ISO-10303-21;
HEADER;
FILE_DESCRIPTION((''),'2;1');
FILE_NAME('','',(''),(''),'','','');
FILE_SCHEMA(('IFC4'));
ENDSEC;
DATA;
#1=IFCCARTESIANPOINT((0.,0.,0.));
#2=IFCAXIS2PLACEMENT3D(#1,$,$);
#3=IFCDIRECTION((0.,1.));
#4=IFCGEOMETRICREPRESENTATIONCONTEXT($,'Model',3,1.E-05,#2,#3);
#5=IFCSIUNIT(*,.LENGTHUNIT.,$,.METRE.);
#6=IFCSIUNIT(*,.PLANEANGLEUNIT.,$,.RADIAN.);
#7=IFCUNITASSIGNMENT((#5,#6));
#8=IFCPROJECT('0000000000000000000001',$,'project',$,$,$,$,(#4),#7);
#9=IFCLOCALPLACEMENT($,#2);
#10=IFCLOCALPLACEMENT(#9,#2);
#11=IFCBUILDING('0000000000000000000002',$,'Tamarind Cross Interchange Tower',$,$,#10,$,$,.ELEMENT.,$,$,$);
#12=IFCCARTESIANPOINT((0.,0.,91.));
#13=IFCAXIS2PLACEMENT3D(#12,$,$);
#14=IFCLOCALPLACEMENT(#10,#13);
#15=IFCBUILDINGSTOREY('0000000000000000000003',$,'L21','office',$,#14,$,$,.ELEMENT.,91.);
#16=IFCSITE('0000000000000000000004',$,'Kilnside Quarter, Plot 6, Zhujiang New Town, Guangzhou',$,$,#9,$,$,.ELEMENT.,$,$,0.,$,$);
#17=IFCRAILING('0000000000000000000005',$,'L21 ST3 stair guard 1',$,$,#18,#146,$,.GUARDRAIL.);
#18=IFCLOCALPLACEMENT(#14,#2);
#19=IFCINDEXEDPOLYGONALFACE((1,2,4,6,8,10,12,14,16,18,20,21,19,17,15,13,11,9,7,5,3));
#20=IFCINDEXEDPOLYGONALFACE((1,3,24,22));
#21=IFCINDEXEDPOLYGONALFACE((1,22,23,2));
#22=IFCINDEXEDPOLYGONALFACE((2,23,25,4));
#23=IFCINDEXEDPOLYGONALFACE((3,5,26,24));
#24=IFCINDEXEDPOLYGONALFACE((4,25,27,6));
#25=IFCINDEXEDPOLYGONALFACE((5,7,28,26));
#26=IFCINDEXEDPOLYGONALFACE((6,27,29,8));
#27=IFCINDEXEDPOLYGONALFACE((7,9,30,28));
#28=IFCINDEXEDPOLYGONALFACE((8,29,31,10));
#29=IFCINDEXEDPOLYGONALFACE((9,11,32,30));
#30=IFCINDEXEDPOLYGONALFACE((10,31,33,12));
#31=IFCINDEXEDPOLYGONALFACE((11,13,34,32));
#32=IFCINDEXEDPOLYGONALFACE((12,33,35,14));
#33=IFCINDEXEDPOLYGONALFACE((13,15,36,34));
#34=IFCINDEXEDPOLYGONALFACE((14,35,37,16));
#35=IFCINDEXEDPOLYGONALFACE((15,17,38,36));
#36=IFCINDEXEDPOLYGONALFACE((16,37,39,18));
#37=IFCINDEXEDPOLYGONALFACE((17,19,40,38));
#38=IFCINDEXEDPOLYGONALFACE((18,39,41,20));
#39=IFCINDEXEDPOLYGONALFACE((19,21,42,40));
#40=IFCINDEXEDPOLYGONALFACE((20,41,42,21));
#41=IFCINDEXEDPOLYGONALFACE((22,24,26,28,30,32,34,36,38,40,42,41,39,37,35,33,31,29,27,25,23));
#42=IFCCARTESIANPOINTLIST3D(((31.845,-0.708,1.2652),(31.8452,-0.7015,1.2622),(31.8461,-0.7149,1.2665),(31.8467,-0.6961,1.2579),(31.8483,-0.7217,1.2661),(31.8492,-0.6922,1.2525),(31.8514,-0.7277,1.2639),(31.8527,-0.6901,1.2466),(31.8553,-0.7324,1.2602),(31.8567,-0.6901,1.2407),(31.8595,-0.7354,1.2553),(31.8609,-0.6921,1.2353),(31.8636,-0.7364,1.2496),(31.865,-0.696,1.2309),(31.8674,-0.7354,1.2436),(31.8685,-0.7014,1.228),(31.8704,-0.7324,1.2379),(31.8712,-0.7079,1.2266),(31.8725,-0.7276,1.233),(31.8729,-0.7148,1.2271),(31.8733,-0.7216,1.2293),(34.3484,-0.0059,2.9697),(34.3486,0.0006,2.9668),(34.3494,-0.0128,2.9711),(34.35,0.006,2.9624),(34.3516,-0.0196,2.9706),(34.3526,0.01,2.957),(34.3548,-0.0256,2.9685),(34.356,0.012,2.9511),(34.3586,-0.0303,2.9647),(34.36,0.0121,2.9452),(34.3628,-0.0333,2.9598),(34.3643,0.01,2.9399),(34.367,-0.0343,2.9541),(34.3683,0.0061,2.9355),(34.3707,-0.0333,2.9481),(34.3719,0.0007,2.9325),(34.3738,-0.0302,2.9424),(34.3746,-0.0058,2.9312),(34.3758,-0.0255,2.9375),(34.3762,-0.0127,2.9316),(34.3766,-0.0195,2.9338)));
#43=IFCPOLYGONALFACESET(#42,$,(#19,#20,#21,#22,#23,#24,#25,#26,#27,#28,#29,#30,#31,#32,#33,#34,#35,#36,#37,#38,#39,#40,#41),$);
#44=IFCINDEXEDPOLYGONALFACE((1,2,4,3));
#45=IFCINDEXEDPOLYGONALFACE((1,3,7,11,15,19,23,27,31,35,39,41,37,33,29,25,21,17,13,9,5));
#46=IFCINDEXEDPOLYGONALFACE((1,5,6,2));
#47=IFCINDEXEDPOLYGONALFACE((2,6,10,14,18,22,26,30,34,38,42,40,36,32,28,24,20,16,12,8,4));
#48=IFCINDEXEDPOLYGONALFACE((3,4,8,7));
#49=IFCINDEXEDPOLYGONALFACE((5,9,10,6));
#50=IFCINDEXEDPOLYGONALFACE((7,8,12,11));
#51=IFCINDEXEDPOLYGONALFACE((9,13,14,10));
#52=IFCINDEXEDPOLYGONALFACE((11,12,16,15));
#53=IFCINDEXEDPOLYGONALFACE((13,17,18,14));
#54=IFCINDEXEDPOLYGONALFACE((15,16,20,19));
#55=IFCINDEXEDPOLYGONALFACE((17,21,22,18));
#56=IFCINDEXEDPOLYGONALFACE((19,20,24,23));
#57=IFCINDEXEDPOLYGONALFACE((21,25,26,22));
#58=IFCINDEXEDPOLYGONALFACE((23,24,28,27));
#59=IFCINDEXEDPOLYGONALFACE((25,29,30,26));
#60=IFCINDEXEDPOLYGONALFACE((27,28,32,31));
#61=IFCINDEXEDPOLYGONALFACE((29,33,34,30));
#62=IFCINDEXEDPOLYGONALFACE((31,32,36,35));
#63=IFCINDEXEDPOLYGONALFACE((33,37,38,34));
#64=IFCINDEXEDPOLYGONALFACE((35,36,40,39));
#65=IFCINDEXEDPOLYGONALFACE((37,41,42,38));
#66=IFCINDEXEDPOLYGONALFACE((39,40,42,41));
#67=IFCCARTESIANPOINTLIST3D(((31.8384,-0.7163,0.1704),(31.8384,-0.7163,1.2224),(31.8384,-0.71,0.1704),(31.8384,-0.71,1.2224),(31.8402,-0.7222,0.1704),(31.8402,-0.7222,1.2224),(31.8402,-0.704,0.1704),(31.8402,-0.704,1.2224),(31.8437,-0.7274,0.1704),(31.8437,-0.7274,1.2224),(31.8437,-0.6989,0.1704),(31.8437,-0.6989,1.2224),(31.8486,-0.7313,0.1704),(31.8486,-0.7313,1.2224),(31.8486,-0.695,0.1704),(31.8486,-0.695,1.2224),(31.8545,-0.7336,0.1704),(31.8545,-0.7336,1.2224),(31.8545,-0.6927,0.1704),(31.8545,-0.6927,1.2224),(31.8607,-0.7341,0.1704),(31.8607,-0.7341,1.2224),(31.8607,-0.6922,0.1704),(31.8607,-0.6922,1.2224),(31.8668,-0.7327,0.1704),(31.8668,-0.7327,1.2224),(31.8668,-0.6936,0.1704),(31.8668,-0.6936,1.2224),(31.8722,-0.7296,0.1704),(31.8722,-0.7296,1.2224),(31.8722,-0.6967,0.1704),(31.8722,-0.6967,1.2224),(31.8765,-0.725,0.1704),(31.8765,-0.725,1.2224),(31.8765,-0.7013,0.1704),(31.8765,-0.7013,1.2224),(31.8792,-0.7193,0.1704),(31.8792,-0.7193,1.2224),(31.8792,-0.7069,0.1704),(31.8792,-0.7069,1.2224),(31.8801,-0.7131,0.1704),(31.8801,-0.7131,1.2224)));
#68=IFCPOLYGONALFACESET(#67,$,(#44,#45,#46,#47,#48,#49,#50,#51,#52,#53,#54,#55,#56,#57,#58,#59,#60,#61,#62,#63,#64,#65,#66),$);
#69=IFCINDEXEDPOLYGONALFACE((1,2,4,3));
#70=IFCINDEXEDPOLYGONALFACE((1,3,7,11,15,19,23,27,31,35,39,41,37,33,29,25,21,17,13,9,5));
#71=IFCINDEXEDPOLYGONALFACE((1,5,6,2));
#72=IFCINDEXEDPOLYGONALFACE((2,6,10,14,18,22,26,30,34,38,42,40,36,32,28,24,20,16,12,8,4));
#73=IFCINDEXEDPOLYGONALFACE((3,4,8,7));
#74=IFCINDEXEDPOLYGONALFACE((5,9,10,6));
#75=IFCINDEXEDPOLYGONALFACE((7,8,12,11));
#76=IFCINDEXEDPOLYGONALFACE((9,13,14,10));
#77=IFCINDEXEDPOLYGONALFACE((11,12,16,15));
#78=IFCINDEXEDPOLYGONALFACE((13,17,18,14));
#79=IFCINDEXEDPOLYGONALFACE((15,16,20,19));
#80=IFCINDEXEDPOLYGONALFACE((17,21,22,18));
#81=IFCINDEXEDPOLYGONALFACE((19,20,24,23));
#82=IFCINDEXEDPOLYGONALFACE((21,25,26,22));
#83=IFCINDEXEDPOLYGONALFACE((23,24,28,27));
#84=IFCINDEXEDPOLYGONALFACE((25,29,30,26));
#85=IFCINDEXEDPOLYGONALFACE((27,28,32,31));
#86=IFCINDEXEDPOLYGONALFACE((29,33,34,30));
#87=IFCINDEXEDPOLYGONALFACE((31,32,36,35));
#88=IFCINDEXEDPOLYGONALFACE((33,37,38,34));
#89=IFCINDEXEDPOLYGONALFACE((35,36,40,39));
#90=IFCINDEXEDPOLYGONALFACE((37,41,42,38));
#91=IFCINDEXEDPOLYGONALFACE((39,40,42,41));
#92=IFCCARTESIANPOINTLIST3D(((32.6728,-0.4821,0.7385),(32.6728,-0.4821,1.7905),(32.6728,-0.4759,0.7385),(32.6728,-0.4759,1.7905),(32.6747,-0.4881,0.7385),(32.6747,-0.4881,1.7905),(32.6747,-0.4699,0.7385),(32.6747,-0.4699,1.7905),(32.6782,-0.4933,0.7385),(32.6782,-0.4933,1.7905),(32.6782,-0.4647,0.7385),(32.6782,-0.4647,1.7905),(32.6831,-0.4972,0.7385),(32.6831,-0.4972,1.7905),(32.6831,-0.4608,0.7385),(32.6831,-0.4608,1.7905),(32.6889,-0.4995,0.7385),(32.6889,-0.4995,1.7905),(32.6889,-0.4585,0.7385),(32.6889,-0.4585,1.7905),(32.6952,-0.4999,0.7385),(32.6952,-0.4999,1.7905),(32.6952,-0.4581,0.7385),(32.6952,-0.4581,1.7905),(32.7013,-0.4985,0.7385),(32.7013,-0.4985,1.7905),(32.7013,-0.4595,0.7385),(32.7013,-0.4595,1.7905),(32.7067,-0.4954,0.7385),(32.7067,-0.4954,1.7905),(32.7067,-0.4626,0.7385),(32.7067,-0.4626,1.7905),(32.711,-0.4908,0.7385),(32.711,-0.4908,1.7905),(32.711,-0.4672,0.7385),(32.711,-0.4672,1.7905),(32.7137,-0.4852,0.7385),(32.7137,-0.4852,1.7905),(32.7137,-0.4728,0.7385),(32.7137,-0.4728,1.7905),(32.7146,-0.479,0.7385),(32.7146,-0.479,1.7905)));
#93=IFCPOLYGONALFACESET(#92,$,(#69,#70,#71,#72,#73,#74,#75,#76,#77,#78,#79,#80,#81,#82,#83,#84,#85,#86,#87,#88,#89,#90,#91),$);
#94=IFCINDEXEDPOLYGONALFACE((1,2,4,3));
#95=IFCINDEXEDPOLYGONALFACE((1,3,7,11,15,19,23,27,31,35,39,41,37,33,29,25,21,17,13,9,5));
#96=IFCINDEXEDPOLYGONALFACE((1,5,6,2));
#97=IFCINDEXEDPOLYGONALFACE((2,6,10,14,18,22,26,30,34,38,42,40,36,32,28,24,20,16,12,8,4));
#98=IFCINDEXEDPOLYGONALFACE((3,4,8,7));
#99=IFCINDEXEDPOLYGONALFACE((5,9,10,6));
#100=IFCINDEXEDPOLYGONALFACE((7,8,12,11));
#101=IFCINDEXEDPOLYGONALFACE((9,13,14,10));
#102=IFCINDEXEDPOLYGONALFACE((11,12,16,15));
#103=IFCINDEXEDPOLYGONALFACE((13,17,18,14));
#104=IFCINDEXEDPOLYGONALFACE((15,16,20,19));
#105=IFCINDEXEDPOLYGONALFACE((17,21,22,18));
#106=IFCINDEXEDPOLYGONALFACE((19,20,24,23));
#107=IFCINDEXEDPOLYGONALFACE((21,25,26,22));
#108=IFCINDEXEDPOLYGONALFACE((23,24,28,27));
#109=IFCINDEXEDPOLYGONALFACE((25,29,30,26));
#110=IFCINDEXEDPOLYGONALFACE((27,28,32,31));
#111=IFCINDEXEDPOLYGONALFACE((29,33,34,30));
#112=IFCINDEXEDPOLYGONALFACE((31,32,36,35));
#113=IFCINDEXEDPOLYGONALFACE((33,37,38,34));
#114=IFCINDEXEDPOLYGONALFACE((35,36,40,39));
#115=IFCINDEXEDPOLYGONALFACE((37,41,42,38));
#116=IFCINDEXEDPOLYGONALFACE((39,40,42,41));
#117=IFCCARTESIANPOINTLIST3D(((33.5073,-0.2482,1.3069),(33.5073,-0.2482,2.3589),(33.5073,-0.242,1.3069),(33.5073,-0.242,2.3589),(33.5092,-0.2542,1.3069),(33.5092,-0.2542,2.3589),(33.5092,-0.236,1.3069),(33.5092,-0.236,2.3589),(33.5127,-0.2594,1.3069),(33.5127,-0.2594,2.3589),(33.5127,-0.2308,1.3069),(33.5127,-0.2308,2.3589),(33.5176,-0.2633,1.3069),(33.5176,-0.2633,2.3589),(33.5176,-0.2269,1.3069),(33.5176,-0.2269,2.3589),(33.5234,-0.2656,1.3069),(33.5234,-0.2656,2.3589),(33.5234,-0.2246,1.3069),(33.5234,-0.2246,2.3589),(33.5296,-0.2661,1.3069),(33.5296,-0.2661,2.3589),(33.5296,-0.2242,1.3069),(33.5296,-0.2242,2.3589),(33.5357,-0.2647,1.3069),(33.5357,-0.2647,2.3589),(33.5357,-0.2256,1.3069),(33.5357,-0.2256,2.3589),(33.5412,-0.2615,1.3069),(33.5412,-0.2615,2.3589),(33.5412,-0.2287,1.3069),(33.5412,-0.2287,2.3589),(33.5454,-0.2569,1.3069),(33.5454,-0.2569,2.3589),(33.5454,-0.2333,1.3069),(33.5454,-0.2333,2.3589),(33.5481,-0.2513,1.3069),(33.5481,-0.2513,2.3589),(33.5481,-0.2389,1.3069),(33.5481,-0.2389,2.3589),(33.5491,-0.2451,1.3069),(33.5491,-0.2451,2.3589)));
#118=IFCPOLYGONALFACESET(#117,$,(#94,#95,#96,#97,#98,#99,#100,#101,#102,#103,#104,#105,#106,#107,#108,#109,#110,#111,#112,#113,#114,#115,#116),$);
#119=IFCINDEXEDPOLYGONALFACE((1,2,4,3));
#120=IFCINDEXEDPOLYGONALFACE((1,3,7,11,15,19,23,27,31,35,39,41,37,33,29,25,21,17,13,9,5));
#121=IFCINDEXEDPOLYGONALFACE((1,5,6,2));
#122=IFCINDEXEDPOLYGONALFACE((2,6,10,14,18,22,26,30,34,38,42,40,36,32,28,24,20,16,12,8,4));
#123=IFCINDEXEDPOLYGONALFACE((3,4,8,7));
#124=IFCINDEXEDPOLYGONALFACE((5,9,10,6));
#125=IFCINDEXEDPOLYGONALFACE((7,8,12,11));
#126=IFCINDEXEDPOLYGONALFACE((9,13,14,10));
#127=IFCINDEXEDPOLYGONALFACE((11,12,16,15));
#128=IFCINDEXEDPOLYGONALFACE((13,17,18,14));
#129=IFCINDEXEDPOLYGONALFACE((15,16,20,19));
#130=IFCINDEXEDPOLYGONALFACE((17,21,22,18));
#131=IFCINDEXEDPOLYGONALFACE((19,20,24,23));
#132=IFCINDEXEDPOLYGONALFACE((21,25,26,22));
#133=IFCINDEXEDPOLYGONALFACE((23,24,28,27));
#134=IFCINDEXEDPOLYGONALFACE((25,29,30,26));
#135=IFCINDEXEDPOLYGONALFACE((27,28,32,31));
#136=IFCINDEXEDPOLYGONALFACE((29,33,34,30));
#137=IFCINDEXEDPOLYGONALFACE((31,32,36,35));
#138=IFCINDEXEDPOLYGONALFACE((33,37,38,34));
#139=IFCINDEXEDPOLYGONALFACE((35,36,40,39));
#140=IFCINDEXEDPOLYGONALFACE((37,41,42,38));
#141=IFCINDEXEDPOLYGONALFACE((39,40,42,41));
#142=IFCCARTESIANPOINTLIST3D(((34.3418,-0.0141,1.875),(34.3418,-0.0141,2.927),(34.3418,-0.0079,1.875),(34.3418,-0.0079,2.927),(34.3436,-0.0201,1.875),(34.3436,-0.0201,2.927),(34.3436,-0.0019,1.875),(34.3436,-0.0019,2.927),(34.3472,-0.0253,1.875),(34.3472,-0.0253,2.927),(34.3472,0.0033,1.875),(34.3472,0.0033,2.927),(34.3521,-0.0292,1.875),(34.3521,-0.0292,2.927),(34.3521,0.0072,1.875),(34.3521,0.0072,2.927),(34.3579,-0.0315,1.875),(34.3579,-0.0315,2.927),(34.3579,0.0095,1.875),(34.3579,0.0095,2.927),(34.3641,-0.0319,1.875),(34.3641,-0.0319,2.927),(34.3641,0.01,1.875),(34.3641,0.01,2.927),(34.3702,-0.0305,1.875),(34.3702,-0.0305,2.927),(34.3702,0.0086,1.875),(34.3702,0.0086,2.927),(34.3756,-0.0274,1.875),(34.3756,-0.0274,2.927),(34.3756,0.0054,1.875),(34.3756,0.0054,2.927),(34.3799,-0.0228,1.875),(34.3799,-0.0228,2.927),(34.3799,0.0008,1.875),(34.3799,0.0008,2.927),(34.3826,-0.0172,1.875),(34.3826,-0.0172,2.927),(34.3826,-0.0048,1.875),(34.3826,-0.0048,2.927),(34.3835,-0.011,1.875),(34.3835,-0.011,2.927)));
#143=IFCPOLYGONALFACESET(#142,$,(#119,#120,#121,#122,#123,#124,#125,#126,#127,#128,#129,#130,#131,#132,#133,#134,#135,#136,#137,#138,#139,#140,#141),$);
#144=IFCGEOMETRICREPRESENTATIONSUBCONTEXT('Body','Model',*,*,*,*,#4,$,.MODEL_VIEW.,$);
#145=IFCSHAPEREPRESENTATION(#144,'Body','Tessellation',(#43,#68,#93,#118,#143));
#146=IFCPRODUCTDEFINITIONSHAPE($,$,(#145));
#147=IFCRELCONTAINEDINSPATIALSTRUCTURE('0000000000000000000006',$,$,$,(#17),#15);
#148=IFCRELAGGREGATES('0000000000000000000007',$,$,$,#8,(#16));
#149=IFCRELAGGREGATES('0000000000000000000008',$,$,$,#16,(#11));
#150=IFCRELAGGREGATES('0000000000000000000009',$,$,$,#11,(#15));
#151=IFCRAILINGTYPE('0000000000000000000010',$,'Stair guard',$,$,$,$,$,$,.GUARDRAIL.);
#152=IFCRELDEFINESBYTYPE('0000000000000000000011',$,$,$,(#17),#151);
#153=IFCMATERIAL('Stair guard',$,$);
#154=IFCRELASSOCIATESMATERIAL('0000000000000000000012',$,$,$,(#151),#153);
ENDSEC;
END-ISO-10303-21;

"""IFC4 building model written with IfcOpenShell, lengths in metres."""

from ifc_helpers import new_model, si_unit, direction, frame, origin, origin_2d, place, context, subcontext, project, spatial, circle, extrude, material, type_object, element, save


model = new_model("IFC4")

# Units and contexts
model_context = context("Model", 3, precision=1e-05, world=origin(), true_north=direction((0.0, 1.0)))
body_context = subcontext(model_context, "Body", "Model", "MODEL_VIEW")
ifc_project = project(units=[si_unit("LENGTHUNIT", "METRE"), si_unit("PLANEANGLEUNIT", "RADIAN")], contexts=[model_context])

# Site, building, storey
site_placement = place(None, origin())
site = spatial("IfcSite", under=ifc_project, at=site_placement, Name="Kilnside Quarter, Plot 6, Zhujiang New Town, Guangzhou", CompositionType="ELEMENT", RefElevation=0.0)
building_placement = place(site_placement, origin())
building = spatial("IfcBuilding", under=site, at=building_placement, Name="Tamarind Cross Interchange Tower", CompositionType="ELEMENT")
storey_placement = place(building_placement, frame((0.0, 0.0, 91.0)))
storey = spatial("IfcBuildingStorey", under=building, at=storey_placement, Name="L21", Description="office", CompositionType="ELEMENT", Elevation=91.0)

# Railing
ifc_material_1 = material(Name="Stair guard")
railing_type_1 = type_object("IfcRailingType", Name="Stair guard", PredefinedType="GUARDRAIL", material=ifc_material_1)
railing_1_placement = place(storey_placement, frame((31.8591, -0.7131, 0.1704)))
element("IfcRailing", 1, at=railing_1_placement, inside=storey, type_object=railing_type_1, Name="L21 ST3 stair guard 1", PredefinedType="GUARDRAIL", context=body_context, shape_type="SweptSolid", body=[
    extrude(circle(Radius=0.0239, at=origin_2d()), frame((0.0, 0.0, 1.0762), z_axis=(0.805222, 0.225845, 0.54828), x_axis=(-0.270055, 0.962845, 0.0)), (0.0, 0.0, 1.0), 3.1089),
    extrude(circle(Radius=0.021, at=origin_2d()), origin(), (0.0, 0.0, 1.0), 1.052),
    extrude(circle(Radius=0.021, at=origin_2d()), frame((0.8345, 0.2341, 0.5681)), (0.0, 0.0, 1.0), 1.052),
    extrude(circle(Radius=0.021, at=origin_2d()), frame((1.6689, 0.468, 1.1365)), (0.0, 0.0, 1.0), 1.052),
    extrude(circle(Radius=0.021, at=origin_2d()), frame((2.5034, 0.7021, 1.7046)), (0.0, 0.0, 1.0), 1.052),
])

save(model, "model.ifc")
